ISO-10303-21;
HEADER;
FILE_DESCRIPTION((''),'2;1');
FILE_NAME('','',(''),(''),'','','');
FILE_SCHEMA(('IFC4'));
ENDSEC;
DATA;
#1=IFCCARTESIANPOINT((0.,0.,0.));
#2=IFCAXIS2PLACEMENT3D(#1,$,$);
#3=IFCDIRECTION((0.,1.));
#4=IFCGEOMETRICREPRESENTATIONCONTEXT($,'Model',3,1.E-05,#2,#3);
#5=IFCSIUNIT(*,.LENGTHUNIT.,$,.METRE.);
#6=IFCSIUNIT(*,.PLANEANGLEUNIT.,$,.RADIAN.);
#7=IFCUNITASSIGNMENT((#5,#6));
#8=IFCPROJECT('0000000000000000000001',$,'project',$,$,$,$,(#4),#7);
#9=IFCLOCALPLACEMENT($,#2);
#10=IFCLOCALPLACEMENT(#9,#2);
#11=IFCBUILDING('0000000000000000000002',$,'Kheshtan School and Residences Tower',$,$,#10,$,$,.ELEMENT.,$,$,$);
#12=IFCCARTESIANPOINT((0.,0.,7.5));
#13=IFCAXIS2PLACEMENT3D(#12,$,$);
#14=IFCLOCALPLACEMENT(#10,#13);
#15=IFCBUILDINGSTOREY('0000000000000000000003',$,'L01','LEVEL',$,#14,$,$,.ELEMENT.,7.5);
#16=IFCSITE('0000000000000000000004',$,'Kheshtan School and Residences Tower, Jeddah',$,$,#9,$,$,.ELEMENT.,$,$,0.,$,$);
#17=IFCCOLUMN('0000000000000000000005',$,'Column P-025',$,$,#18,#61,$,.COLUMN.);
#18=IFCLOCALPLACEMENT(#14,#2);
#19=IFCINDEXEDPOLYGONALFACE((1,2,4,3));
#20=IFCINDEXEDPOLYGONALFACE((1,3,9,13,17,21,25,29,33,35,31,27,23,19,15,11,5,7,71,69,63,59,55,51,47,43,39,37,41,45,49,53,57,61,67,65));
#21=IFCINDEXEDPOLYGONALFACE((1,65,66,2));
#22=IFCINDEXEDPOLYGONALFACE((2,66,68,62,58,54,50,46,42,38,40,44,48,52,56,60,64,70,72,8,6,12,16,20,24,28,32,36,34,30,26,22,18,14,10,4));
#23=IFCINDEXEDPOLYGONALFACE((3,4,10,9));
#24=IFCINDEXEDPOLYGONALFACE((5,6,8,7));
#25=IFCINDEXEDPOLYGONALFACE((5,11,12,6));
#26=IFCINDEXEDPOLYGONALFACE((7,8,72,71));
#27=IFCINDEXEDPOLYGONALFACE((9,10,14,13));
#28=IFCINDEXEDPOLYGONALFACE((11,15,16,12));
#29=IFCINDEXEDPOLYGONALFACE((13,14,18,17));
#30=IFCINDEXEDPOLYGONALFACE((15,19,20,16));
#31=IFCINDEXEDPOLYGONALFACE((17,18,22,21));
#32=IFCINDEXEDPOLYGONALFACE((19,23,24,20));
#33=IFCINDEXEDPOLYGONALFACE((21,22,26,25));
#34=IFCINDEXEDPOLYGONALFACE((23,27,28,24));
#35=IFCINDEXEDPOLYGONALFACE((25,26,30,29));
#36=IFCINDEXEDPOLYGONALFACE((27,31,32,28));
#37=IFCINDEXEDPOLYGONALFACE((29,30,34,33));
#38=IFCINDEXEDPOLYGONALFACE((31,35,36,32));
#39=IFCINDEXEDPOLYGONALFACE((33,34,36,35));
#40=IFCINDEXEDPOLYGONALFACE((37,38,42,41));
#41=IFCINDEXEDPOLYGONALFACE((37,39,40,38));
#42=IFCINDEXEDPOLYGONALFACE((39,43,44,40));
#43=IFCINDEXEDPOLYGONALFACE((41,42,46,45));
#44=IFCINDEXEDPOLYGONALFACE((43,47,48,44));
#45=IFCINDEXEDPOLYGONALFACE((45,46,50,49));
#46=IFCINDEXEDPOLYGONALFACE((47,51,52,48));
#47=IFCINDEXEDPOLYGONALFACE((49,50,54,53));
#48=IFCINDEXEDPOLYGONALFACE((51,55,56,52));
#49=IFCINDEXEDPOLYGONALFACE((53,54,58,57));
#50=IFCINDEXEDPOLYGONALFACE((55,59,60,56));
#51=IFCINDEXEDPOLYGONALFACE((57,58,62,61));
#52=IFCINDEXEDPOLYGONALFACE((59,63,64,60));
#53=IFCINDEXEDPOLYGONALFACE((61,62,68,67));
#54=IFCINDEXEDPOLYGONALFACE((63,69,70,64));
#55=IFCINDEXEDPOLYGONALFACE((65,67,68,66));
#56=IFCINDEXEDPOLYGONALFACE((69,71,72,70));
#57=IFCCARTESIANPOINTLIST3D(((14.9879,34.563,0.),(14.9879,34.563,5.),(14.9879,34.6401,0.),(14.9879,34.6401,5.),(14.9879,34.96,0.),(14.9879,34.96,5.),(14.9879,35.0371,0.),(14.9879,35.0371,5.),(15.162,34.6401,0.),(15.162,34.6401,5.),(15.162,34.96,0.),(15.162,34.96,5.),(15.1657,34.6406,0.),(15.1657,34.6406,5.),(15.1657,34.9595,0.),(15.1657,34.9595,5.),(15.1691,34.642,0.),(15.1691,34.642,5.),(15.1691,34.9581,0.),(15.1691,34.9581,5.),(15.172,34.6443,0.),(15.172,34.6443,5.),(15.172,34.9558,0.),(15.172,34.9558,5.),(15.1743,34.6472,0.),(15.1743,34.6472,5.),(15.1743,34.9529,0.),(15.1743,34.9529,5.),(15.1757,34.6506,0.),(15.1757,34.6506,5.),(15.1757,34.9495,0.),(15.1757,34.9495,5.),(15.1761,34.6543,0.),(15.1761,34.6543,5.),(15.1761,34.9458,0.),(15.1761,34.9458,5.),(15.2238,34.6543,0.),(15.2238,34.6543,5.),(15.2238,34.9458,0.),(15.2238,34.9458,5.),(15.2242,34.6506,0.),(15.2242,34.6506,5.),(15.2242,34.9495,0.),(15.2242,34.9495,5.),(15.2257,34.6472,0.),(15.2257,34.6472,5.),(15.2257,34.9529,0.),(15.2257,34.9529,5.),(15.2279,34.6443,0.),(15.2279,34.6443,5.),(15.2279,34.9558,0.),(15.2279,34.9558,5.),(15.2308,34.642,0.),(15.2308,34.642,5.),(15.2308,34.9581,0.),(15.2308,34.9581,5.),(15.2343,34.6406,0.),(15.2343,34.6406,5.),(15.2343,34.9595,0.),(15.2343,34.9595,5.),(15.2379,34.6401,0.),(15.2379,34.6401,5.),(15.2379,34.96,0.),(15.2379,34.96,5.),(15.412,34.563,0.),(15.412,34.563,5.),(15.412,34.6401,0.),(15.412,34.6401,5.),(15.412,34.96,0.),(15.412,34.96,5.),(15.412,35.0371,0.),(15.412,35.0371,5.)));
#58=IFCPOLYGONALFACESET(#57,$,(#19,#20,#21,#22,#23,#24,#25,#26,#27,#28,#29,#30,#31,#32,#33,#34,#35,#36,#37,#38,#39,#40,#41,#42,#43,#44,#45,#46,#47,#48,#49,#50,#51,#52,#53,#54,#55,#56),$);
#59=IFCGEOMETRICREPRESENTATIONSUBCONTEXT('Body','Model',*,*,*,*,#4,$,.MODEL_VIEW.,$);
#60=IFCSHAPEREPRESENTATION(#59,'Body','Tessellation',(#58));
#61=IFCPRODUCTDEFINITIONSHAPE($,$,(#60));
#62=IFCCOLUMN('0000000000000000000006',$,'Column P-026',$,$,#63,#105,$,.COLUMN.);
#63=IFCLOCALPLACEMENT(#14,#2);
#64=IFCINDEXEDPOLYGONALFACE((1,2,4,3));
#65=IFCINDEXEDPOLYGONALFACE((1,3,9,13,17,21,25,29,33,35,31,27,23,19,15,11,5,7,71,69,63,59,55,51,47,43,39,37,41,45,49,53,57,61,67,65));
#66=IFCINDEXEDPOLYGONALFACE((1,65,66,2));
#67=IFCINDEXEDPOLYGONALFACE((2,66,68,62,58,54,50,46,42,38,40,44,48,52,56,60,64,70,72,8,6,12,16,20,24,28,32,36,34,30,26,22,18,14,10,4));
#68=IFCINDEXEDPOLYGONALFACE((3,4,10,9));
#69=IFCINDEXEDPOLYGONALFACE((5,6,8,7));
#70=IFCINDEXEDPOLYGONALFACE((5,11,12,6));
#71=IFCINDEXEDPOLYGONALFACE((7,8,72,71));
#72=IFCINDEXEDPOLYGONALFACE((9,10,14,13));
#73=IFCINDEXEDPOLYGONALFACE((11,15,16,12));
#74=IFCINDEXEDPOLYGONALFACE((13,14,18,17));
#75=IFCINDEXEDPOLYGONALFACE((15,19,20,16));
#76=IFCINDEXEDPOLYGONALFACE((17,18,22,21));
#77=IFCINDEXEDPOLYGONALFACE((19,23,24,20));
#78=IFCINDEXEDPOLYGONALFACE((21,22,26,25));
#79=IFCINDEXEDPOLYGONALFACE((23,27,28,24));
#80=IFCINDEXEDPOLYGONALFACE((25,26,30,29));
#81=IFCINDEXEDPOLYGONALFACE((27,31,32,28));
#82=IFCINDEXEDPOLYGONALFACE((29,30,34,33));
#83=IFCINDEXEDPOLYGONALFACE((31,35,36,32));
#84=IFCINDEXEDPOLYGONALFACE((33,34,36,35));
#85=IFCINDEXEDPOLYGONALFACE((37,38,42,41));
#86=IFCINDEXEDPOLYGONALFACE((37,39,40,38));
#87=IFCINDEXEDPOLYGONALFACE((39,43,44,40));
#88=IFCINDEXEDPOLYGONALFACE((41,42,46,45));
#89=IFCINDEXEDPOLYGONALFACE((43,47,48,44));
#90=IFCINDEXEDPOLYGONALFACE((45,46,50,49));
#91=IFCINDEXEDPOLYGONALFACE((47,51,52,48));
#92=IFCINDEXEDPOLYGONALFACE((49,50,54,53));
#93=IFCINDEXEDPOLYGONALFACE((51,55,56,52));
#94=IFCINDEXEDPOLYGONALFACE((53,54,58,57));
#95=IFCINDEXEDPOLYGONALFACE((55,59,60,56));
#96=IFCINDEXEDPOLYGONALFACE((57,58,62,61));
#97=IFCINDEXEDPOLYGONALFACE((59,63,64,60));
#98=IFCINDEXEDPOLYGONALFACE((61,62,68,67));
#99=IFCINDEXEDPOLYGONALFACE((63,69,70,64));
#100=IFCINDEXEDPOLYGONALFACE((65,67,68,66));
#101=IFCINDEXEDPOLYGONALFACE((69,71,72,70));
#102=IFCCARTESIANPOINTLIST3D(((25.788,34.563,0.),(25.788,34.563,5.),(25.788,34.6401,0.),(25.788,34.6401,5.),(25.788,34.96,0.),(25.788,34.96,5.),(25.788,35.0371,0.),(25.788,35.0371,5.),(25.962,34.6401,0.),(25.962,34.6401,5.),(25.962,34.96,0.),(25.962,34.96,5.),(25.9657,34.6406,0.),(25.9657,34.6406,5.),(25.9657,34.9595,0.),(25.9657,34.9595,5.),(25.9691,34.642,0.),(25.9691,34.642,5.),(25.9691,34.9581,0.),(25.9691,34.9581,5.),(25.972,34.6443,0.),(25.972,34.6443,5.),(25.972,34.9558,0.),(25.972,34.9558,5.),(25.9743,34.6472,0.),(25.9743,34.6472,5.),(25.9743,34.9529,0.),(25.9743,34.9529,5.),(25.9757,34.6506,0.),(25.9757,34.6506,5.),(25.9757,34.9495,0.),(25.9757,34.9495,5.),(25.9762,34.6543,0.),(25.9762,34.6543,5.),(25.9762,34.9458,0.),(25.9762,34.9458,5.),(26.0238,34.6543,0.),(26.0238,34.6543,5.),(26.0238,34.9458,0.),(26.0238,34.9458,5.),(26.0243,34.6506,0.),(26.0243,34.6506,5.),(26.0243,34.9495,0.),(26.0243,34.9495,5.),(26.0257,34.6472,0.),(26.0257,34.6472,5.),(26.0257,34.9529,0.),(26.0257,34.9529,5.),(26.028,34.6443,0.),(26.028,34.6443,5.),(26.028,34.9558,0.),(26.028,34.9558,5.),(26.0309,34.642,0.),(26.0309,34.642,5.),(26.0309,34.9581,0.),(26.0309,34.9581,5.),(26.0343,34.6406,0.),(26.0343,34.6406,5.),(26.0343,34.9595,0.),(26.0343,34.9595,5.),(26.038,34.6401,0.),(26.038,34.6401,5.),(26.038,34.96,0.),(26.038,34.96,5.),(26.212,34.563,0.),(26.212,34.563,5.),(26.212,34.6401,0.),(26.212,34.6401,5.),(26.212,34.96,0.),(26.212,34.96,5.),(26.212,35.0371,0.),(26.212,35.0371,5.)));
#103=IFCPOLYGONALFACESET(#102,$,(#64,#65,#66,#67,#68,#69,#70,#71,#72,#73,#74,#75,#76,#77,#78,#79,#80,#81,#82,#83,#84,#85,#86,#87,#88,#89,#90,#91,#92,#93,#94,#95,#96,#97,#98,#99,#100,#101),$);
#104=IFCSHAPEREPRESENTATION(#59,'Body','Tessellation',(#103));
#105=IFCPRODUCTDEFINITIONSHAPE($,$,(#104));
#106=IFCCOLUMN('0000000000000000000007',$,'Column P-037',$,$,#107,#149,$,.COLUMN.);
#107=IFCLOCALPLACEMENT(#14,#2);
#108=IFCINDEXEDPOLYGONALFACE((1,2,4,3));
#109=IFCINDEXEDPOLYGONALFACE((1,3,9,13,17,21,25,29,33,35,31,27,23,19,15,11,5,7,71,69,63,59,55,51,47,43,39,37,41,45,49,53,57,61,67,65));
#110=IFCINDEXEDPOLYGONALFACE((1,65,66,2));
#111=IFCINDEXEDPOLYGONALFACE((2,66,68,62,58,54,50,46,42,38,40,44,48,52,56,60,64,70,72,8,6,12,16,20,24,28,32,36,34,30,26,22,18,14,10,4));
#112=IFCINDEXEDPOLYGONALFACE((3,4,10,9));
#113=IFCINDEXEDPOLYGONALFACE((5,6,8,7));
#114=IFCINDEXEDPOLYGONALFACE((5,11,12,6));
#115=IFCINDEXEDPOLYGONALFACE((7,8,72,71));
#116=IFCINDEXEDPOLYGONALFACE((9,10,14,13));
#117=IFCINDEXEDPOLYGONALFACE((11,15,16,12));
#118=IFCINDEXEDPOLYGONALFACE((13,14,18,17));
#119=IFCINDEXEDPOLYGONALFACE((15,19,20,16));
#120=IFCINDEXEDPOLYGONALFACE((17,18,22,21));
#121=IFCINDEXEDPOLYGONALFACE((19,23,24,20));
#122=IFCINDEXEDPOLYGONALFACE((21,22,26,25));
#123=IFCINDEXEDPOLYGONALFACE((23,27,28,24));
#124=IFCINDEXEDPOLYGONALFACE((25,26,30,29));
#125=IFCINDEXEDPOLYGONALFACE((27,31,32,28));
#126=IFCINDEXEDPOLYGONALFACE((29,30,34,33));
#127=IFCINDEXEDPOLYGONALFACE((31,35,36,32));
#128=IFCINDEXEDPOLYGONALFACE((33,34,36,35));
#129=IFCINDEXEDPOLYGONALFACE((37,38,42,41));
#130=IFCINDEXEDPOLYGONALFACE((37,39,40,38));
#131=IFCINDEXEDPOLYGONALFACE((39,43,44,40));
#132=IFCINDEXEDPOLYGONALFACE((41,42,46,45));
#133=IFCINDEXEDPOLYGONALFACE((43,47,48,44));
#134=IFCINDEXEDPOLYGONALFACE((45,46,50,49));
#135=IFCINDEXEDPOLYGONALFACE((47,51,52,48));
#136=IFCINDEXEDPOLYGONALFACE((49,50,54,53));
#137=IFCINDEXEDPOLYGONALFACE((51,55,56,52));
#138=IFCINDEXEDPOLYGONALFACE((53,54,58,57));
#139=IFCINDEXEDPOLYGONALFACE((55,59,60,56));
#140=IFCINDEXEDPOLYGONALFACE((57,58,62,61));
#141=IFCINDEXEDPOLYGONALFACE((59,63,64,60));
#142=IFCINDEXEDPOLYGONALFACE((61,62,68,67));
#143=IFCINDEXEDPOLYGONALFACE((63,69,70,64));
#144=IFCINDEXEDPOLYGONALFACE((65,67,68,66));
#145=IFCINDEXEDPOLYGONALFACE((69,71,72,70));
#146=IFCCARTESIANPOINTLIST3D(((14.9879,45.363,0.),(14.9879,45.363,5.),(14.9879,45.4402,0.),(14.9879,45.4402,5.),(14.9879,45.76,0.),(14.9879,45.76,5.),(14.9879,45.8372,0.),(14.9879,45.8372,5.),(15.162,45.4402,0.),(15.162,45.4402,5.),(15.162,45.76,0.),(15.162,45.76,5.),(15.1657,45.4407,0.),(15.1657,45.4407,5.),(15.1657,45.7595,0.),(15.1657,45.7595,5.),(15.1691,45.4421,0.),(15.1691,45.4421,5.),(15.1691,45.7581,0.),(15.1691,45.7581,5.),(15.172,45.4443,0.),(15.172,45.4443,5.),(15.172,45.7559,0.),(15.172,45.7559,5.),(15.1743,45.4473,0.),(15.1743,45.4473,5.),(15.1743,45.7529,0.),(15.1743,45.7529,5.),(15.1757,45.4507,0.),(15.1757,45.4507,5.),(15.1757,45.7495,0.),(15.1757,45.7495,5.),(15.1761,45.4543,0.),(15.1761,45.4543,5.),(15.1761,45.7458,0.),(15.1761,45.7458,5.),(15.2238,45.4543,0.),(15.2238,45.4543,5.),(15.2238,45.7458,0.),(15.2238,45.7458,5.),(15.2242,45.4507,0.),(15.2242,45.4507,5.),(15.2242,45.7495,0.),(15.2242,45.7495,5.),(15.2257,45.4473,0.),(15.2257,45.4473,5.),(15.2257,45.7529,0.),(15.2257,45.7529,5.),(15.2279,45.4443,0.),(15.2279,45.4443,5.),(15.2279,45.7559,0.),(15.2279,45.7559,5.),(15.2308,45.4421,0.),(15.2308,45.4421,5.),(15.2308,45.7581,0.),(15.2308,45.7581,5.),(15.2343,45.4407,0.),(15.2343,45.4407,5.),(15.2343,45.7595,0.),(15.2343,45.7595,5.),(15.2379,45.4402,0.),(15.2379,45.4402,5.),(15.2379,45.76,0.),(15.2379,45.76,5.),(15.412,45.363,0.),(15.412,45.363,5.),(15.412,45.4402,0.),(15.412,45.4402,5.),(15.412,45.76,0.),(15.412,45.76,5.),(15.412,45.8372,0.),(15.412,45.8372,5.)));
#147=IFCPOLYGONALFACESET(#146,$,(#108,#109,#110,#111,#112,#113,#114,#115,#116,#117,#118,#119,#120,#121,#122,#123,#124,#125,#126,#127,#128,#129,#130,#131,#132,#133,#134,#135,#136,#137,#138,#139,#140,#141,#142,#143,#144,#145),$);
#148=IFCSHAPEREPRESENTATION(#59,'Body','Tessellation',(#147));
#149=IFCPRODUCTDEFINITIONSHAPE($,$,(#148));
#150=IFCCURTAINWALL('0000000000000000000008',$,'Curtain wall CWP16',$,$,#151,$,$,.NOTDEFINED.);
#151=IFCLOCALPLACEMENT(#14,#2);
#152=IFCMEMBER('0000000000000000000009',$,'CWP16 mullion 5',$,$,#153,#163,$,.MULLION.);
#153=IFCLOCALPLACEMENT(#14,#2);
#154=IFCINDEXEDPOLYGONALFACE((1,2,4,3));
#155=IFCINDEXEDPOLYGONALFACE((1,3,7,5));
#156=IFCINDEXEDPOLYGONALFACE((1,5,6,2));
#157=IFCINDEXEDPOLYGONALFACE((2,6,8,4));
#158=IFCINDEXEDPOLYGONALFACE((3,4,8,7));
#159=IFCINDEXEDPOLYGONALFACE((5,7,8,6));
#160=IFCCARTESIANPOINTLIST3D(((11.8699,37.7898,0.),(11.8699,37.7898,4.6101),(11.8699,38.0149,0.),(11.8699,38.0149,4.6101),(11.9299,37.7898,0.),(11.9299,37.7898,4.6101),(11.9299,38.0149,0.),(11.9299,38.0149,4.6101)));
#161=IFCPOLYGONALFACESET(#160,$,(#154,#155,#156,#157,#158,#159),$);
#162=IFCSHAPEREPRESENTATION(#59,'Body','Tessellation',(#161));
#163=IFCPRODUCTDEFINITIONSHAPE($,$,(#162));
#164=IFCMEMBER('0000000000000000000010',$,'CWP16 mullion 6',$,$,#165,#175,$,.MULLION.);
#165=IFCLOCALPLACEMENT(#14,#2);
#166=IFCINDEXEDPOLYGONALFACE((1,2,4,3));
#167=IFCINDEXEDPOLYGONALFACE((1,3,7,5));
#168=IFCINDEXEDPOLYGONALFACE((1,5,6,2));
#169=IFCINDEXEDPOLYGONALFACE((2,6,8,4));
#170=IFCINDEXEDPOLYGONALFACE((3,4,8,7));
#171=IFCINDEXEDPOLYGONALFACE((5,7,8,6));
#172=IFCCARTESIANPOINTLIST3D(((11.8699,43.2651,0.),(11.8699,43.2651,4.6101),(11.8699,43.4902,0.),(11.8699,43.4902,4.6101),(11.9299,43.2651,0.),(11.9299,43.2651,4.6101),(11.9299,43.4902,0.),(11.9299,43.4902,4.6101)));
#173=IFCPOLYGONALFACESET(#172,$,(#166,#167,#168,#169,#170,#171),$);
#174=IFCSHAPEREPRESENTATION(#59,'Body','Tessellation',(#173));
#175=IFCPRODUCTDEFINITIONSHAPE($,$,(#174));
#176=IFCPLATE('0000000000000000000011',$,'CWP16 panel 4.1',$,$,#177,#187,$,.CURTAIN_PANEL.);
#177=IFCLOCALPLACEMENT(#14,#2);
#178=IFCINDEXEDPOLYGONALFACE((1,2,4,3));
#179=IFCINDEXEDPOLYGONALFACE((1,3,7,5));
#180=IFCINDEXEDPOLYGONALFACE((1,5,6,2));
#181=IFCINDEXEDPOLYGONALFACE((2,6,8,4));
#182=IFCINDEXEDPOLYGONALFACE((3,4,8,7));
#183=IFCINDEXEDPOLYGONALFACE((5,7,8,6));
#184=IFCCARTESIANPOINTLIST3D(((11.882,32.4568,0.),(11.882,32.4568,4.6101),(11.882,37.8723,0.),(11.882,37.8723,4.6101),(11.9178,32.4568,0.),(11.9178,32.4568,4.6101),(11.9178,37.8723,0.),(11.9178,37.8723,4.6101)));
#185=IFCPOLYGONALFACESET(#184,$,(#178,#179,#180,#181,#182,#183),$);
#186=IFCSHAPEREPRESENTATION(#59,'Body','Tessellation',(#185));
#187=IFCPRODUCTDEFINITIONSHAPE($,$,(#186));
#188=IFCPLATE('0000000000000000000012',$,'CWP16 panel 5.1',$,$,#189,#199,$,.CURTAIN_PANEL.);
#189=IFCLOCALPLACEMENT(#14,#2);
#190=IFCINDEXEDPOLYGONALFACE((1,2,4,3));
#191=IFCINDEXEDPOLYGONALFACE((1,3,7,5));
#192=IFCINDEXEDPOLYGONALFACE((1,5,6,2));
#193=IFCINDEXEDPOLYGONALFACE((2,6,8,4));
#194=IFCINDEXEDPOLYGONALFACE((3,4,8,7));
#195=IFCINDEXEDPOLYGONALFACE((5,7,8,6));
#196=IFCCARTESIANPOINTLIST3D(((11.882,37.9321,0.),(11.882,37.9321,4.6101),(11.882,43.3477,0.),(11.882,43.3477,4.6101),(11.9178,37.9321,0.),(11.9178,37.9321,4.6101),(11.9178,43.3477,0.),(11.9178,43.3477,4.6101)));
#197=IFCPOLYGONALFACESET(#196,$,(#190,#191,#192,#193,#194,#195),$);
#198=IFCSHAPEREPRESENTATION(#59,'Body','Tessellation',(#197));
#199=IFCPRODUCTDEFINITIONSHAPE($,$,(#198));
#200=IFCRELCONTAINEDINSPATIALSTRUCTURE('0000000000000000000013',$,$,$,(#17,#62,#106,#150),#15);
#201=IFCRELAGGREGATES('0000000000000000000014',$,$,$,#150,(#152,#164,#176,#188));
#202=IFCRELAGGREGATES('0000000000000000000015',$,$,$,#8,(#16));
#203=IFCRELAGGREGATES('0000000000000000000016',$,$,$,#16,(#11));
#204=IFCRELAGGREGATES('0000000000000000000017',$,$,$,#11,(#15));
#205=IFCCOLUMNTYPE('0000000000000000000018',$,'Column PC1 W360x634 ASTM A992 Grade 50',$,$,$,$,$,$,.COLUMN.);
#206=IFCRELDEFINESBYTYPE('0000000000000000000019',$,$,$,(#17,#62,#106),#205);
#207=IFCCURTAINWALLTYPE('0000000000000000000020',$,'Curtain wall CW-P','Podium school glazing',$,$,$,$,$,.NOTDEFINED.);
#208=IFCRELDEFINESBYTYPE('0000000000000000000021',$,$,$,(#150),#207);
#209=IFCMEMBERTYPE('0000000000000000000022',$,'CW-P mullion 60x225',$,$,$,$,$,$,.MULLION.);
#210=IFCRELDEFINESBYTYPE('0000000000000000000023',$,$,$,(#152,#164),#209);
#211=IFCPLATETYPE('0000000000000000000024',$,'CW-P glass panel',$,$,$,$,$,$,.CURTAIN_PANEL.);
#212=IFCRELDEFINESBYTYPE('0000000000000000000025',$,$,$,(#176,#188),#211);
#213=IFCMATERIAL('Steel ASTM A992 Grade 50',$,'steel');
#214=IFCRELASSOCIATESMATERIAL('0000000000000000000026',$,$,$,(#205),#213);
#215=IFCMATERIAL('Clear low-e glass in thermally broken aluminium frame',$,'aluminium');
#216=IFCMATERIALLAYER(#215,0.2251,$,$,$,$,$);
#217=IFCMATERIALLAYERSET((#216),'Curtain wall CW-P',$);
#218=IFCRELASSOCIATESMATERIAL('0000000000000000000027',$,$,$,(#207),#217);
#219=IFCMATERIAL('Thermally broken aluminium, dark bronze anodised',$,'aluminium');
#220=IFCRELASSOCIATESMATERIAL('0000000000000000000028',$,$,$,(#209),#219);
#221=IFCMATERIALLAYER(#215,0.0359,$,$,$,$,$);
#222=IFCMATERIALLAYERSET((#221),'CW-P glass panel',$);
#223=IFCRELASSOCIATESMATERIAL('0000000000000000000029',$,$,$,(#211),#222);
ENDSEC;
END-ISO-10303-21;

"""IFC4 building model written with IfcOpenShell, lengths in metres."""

from ifc_helpers import new_model, si_unit, direction, frame, origin, origin_2d, place, context, subcontext, project, spatial, rectangle, i_section, extrude, material, layer, layer_set, material_profile, profile_set, type_object, element, aggregate, save


model = new_model("IFC4")

# Units and contexts
model_context = context("Model", 3, precision=1e-05, world=origin(), true_north=direction((0.0, 1.0)))
body_context = subcontext(model_context, "Body", "Model", "MODEL_VIEW")
ifc_project = project(units=[si_unit("LENGTHUNIT", "METRE"), si_unit("PLANEANGLEUNIT", "RADIAN")], contexts=[model_context])

# Site, building, storey
site_placement = place(None, origin())
site = spatial("IfcSite", under=ifc_project, at=site_placement, Name="Kheshtan School and Residences Tower, Jeddah", CompositionType="ELEMENT", RefElevation=0.0)
building_placement = place(site_placement, origin())
building = spatial("IfcBuilding", under=site, at=building_placement, Name="Kheshtan School and Residences Tower", CompositionType="ELEMENT")
storey_placement = place(building_placement, frame((0.0, 0.0, 7.5)))
storey = spatial("IfcBuildingStorey", under=building, at=storey_placement, Name="L01", Description="LEVEL", CompositionType="ELEMENT", Elevation=7.5)

# Columns
ifc_material_1 = material(Name="Steel ASTM A992 Grade 50", Category="steel")
ifc_material_profile_1 = material_profile(ifc_material_1, i_section(OverallWidth=0.4241, OverallDepth=0.4741, WebThickness=0.0476, FlangeThickness=0.0771, FilletRadius=0.0142, at=origin_2d()), Name="W360x634")
ifc_profile_set_1 = profile_set([ifc_material_profile_1], Name="Steel ASTM A992 Grade 50")
column_type = type_object("IfcColumnType", Name="Column PC1 W360x634 ASTM A992 Grade 50", PredefinedType="COLUMN", material=ifc_profile_set_1)
for number, where, z_axis, x_axis, name in (
    (1, (15.2, 34.8, 0.0), (0.0, 0.0, 1.0), (1.0, 0.0, 0.0), "Column P-025"),
    (2, (26.0, 34.8, 0.0), (0.0, 0.0, 1.0), (1.0, 0.0, 0.0), "Column P-026"),
    (3, (15.2, 45.6001, 0.0), (0.0, 0.0, 1.0), (1.0, 0.0, 0.0), "Column P-037"),
):
    element("IfcColumn", number, at=place(storey_placement, frame(where, z_axis=z_axis, x_axis=x_axis)), inside=storey, type_object=column_type, Name=name, PredefinedType="COLUMN", context=body_context, shape_type="SweptSolid", body=[
        extrude(i_section(OverallWidth=0.4241, OverallDepth=0.4741, WebThickness=0.0476, FlangeThickness=0.0771, FilletRadius=0.0142, at=origin_2d()), origin(), (0.0, 0.0, 1.0), 5.0),
    ])

# Curtain wall, members, plates
ifc_material_2 = material(Name="Clear low-e glass in thermally broken aluminium frame", Category="aluminium")
ifc_layer_1 = layer(ifc_material_2, 0.2251)
ifc_layer_set_1 = layer_set([ifc_layer_1], Name="Curtain wall CW-P")
curtain_wall_type = type_object("IfcCurtainWallType", Name="Curtain wall CW-P", Description="Podium school glazing", PredefinedType="NOTDEFINED", material=ifc_layer_set_1)
curtain_wall_placement = place(storey_placement, origin())
curtain_wall = element("IfcCurtainWall", 4, at=curtain_wall_placement, inside=storey, type_object=curtain_wall_type, Name="Curtain wall CWP16", PredefinedType="NOTDEFINED")
ifc_material_3 = material(Name="Thermally broken aluminium, dark bronze anodised", Category="aluminium")
ifc_material_profile_2 = material_profile(ifc_material_3, rectangle(XDim=0.0601, YDim=0.2251, at=origin_2d()), Name="CW-P mullion 60x225")
ifc_profile_set_2 = profile_set([ifc_material_profile_2], Name="Thermally broken aluminium, dark bronze anodised")
member_type = type_object("IfcMemberType", Name="CW-P mullion 60x225", PredefinedType="MULLION", material=ifc_profile_set_2)
member_1_placement = place(storey_placement, frame((11.8999, 37.9023, 0.0), z_axis=(0.0, 0.0, 1.0), x_axis=(-1.0, 0.0, 0.0)))
member_1 = element("IfcMember", 5, at=member_1_placement, type_object=member_type, Name="CWP16 mullion 5", PredefinedType="MULLION", context=body_context, shape_type="SweptSolid", body=[
    extrude(rectangle(XDim=0.0601, YDim=0.2251, at=origin_2d()), origin(), (0.0, 0.0, 1.0), 4.6101),
])
member_2_placement = place(storey_placement, frame((11.8999, 43.3777, 0.0), z_axis=(0.0, 0.0, 1.0), x_axis=(-1.0, 0.0, 0.0)))
member_2 = element("IfcMember", 6, at=member_2_placement, type_object=member_type, Name="CWP16 mullion 6", PredefinedType="MULLION", context=body_context, shape_type="SweptSolid", body=[
    extrude(rectangle(XDim=0.0601, YDim=0.2251, at=origin_2d()), origin(), (0.0, 0.0, 1.0), 4.6101),
])
ifc_layer_2 = layer(ifc_material_2, 0.0359)
ifc_layer_set_2 = layer_set([ifc_layer_2], Name="CW-P glass panel")
plate_type = type_object("IfcPlateType", Name="CW-P glass panel", PredefinedType="CURTAIN_PANEL", material=ifc_layer_set_2)
plate_1_placement = place(storey_placement, frame((11.8999, 35.1646, 0.0), z_axis=(0.0, 0.0, 1.0), x_axis=(0.0, 1.0, 0.0)))
plate_1 = element("IfcPlate", 7, at=plate_1_placement, type_object=plate_type, Name="CWP16 panel 4.1", PredefinedType="CURTAIN_PANEL", context=body_context, shape_type="SweptSolid", body=[
    extrude(rectangle(XDim=5.4155, YDim=0.0359, at=origin_2d()), origin(), (0.0, 0.0, 1.0), 4.6101),
])
plate_2_placement = place(storey_placement, frame((11.8999, 40.6399, 0.0), z_axis=(0.0, 0.0, 1.0), x_axis=(0.0, 1.0, 0.0)))
plate_2 = element("IfcPlate", 8, at=plate_2_placement, type_object=plate_type, Name="CWP16 panel 5.1", PredefinedType="CURTAIN_PANEL", context=body_context, shape_type="SweptSolid", body=[
    extrude(rectangle(XDim=5.4155, YDim=0.0359, at=origin_2d()), origin(), (0.0, 0.0, 1.0), 4.6101),
])
aggregate(curtain_wall, [member_1, member_2, plate_1, plate_2])

save(model, "model.ifc")
